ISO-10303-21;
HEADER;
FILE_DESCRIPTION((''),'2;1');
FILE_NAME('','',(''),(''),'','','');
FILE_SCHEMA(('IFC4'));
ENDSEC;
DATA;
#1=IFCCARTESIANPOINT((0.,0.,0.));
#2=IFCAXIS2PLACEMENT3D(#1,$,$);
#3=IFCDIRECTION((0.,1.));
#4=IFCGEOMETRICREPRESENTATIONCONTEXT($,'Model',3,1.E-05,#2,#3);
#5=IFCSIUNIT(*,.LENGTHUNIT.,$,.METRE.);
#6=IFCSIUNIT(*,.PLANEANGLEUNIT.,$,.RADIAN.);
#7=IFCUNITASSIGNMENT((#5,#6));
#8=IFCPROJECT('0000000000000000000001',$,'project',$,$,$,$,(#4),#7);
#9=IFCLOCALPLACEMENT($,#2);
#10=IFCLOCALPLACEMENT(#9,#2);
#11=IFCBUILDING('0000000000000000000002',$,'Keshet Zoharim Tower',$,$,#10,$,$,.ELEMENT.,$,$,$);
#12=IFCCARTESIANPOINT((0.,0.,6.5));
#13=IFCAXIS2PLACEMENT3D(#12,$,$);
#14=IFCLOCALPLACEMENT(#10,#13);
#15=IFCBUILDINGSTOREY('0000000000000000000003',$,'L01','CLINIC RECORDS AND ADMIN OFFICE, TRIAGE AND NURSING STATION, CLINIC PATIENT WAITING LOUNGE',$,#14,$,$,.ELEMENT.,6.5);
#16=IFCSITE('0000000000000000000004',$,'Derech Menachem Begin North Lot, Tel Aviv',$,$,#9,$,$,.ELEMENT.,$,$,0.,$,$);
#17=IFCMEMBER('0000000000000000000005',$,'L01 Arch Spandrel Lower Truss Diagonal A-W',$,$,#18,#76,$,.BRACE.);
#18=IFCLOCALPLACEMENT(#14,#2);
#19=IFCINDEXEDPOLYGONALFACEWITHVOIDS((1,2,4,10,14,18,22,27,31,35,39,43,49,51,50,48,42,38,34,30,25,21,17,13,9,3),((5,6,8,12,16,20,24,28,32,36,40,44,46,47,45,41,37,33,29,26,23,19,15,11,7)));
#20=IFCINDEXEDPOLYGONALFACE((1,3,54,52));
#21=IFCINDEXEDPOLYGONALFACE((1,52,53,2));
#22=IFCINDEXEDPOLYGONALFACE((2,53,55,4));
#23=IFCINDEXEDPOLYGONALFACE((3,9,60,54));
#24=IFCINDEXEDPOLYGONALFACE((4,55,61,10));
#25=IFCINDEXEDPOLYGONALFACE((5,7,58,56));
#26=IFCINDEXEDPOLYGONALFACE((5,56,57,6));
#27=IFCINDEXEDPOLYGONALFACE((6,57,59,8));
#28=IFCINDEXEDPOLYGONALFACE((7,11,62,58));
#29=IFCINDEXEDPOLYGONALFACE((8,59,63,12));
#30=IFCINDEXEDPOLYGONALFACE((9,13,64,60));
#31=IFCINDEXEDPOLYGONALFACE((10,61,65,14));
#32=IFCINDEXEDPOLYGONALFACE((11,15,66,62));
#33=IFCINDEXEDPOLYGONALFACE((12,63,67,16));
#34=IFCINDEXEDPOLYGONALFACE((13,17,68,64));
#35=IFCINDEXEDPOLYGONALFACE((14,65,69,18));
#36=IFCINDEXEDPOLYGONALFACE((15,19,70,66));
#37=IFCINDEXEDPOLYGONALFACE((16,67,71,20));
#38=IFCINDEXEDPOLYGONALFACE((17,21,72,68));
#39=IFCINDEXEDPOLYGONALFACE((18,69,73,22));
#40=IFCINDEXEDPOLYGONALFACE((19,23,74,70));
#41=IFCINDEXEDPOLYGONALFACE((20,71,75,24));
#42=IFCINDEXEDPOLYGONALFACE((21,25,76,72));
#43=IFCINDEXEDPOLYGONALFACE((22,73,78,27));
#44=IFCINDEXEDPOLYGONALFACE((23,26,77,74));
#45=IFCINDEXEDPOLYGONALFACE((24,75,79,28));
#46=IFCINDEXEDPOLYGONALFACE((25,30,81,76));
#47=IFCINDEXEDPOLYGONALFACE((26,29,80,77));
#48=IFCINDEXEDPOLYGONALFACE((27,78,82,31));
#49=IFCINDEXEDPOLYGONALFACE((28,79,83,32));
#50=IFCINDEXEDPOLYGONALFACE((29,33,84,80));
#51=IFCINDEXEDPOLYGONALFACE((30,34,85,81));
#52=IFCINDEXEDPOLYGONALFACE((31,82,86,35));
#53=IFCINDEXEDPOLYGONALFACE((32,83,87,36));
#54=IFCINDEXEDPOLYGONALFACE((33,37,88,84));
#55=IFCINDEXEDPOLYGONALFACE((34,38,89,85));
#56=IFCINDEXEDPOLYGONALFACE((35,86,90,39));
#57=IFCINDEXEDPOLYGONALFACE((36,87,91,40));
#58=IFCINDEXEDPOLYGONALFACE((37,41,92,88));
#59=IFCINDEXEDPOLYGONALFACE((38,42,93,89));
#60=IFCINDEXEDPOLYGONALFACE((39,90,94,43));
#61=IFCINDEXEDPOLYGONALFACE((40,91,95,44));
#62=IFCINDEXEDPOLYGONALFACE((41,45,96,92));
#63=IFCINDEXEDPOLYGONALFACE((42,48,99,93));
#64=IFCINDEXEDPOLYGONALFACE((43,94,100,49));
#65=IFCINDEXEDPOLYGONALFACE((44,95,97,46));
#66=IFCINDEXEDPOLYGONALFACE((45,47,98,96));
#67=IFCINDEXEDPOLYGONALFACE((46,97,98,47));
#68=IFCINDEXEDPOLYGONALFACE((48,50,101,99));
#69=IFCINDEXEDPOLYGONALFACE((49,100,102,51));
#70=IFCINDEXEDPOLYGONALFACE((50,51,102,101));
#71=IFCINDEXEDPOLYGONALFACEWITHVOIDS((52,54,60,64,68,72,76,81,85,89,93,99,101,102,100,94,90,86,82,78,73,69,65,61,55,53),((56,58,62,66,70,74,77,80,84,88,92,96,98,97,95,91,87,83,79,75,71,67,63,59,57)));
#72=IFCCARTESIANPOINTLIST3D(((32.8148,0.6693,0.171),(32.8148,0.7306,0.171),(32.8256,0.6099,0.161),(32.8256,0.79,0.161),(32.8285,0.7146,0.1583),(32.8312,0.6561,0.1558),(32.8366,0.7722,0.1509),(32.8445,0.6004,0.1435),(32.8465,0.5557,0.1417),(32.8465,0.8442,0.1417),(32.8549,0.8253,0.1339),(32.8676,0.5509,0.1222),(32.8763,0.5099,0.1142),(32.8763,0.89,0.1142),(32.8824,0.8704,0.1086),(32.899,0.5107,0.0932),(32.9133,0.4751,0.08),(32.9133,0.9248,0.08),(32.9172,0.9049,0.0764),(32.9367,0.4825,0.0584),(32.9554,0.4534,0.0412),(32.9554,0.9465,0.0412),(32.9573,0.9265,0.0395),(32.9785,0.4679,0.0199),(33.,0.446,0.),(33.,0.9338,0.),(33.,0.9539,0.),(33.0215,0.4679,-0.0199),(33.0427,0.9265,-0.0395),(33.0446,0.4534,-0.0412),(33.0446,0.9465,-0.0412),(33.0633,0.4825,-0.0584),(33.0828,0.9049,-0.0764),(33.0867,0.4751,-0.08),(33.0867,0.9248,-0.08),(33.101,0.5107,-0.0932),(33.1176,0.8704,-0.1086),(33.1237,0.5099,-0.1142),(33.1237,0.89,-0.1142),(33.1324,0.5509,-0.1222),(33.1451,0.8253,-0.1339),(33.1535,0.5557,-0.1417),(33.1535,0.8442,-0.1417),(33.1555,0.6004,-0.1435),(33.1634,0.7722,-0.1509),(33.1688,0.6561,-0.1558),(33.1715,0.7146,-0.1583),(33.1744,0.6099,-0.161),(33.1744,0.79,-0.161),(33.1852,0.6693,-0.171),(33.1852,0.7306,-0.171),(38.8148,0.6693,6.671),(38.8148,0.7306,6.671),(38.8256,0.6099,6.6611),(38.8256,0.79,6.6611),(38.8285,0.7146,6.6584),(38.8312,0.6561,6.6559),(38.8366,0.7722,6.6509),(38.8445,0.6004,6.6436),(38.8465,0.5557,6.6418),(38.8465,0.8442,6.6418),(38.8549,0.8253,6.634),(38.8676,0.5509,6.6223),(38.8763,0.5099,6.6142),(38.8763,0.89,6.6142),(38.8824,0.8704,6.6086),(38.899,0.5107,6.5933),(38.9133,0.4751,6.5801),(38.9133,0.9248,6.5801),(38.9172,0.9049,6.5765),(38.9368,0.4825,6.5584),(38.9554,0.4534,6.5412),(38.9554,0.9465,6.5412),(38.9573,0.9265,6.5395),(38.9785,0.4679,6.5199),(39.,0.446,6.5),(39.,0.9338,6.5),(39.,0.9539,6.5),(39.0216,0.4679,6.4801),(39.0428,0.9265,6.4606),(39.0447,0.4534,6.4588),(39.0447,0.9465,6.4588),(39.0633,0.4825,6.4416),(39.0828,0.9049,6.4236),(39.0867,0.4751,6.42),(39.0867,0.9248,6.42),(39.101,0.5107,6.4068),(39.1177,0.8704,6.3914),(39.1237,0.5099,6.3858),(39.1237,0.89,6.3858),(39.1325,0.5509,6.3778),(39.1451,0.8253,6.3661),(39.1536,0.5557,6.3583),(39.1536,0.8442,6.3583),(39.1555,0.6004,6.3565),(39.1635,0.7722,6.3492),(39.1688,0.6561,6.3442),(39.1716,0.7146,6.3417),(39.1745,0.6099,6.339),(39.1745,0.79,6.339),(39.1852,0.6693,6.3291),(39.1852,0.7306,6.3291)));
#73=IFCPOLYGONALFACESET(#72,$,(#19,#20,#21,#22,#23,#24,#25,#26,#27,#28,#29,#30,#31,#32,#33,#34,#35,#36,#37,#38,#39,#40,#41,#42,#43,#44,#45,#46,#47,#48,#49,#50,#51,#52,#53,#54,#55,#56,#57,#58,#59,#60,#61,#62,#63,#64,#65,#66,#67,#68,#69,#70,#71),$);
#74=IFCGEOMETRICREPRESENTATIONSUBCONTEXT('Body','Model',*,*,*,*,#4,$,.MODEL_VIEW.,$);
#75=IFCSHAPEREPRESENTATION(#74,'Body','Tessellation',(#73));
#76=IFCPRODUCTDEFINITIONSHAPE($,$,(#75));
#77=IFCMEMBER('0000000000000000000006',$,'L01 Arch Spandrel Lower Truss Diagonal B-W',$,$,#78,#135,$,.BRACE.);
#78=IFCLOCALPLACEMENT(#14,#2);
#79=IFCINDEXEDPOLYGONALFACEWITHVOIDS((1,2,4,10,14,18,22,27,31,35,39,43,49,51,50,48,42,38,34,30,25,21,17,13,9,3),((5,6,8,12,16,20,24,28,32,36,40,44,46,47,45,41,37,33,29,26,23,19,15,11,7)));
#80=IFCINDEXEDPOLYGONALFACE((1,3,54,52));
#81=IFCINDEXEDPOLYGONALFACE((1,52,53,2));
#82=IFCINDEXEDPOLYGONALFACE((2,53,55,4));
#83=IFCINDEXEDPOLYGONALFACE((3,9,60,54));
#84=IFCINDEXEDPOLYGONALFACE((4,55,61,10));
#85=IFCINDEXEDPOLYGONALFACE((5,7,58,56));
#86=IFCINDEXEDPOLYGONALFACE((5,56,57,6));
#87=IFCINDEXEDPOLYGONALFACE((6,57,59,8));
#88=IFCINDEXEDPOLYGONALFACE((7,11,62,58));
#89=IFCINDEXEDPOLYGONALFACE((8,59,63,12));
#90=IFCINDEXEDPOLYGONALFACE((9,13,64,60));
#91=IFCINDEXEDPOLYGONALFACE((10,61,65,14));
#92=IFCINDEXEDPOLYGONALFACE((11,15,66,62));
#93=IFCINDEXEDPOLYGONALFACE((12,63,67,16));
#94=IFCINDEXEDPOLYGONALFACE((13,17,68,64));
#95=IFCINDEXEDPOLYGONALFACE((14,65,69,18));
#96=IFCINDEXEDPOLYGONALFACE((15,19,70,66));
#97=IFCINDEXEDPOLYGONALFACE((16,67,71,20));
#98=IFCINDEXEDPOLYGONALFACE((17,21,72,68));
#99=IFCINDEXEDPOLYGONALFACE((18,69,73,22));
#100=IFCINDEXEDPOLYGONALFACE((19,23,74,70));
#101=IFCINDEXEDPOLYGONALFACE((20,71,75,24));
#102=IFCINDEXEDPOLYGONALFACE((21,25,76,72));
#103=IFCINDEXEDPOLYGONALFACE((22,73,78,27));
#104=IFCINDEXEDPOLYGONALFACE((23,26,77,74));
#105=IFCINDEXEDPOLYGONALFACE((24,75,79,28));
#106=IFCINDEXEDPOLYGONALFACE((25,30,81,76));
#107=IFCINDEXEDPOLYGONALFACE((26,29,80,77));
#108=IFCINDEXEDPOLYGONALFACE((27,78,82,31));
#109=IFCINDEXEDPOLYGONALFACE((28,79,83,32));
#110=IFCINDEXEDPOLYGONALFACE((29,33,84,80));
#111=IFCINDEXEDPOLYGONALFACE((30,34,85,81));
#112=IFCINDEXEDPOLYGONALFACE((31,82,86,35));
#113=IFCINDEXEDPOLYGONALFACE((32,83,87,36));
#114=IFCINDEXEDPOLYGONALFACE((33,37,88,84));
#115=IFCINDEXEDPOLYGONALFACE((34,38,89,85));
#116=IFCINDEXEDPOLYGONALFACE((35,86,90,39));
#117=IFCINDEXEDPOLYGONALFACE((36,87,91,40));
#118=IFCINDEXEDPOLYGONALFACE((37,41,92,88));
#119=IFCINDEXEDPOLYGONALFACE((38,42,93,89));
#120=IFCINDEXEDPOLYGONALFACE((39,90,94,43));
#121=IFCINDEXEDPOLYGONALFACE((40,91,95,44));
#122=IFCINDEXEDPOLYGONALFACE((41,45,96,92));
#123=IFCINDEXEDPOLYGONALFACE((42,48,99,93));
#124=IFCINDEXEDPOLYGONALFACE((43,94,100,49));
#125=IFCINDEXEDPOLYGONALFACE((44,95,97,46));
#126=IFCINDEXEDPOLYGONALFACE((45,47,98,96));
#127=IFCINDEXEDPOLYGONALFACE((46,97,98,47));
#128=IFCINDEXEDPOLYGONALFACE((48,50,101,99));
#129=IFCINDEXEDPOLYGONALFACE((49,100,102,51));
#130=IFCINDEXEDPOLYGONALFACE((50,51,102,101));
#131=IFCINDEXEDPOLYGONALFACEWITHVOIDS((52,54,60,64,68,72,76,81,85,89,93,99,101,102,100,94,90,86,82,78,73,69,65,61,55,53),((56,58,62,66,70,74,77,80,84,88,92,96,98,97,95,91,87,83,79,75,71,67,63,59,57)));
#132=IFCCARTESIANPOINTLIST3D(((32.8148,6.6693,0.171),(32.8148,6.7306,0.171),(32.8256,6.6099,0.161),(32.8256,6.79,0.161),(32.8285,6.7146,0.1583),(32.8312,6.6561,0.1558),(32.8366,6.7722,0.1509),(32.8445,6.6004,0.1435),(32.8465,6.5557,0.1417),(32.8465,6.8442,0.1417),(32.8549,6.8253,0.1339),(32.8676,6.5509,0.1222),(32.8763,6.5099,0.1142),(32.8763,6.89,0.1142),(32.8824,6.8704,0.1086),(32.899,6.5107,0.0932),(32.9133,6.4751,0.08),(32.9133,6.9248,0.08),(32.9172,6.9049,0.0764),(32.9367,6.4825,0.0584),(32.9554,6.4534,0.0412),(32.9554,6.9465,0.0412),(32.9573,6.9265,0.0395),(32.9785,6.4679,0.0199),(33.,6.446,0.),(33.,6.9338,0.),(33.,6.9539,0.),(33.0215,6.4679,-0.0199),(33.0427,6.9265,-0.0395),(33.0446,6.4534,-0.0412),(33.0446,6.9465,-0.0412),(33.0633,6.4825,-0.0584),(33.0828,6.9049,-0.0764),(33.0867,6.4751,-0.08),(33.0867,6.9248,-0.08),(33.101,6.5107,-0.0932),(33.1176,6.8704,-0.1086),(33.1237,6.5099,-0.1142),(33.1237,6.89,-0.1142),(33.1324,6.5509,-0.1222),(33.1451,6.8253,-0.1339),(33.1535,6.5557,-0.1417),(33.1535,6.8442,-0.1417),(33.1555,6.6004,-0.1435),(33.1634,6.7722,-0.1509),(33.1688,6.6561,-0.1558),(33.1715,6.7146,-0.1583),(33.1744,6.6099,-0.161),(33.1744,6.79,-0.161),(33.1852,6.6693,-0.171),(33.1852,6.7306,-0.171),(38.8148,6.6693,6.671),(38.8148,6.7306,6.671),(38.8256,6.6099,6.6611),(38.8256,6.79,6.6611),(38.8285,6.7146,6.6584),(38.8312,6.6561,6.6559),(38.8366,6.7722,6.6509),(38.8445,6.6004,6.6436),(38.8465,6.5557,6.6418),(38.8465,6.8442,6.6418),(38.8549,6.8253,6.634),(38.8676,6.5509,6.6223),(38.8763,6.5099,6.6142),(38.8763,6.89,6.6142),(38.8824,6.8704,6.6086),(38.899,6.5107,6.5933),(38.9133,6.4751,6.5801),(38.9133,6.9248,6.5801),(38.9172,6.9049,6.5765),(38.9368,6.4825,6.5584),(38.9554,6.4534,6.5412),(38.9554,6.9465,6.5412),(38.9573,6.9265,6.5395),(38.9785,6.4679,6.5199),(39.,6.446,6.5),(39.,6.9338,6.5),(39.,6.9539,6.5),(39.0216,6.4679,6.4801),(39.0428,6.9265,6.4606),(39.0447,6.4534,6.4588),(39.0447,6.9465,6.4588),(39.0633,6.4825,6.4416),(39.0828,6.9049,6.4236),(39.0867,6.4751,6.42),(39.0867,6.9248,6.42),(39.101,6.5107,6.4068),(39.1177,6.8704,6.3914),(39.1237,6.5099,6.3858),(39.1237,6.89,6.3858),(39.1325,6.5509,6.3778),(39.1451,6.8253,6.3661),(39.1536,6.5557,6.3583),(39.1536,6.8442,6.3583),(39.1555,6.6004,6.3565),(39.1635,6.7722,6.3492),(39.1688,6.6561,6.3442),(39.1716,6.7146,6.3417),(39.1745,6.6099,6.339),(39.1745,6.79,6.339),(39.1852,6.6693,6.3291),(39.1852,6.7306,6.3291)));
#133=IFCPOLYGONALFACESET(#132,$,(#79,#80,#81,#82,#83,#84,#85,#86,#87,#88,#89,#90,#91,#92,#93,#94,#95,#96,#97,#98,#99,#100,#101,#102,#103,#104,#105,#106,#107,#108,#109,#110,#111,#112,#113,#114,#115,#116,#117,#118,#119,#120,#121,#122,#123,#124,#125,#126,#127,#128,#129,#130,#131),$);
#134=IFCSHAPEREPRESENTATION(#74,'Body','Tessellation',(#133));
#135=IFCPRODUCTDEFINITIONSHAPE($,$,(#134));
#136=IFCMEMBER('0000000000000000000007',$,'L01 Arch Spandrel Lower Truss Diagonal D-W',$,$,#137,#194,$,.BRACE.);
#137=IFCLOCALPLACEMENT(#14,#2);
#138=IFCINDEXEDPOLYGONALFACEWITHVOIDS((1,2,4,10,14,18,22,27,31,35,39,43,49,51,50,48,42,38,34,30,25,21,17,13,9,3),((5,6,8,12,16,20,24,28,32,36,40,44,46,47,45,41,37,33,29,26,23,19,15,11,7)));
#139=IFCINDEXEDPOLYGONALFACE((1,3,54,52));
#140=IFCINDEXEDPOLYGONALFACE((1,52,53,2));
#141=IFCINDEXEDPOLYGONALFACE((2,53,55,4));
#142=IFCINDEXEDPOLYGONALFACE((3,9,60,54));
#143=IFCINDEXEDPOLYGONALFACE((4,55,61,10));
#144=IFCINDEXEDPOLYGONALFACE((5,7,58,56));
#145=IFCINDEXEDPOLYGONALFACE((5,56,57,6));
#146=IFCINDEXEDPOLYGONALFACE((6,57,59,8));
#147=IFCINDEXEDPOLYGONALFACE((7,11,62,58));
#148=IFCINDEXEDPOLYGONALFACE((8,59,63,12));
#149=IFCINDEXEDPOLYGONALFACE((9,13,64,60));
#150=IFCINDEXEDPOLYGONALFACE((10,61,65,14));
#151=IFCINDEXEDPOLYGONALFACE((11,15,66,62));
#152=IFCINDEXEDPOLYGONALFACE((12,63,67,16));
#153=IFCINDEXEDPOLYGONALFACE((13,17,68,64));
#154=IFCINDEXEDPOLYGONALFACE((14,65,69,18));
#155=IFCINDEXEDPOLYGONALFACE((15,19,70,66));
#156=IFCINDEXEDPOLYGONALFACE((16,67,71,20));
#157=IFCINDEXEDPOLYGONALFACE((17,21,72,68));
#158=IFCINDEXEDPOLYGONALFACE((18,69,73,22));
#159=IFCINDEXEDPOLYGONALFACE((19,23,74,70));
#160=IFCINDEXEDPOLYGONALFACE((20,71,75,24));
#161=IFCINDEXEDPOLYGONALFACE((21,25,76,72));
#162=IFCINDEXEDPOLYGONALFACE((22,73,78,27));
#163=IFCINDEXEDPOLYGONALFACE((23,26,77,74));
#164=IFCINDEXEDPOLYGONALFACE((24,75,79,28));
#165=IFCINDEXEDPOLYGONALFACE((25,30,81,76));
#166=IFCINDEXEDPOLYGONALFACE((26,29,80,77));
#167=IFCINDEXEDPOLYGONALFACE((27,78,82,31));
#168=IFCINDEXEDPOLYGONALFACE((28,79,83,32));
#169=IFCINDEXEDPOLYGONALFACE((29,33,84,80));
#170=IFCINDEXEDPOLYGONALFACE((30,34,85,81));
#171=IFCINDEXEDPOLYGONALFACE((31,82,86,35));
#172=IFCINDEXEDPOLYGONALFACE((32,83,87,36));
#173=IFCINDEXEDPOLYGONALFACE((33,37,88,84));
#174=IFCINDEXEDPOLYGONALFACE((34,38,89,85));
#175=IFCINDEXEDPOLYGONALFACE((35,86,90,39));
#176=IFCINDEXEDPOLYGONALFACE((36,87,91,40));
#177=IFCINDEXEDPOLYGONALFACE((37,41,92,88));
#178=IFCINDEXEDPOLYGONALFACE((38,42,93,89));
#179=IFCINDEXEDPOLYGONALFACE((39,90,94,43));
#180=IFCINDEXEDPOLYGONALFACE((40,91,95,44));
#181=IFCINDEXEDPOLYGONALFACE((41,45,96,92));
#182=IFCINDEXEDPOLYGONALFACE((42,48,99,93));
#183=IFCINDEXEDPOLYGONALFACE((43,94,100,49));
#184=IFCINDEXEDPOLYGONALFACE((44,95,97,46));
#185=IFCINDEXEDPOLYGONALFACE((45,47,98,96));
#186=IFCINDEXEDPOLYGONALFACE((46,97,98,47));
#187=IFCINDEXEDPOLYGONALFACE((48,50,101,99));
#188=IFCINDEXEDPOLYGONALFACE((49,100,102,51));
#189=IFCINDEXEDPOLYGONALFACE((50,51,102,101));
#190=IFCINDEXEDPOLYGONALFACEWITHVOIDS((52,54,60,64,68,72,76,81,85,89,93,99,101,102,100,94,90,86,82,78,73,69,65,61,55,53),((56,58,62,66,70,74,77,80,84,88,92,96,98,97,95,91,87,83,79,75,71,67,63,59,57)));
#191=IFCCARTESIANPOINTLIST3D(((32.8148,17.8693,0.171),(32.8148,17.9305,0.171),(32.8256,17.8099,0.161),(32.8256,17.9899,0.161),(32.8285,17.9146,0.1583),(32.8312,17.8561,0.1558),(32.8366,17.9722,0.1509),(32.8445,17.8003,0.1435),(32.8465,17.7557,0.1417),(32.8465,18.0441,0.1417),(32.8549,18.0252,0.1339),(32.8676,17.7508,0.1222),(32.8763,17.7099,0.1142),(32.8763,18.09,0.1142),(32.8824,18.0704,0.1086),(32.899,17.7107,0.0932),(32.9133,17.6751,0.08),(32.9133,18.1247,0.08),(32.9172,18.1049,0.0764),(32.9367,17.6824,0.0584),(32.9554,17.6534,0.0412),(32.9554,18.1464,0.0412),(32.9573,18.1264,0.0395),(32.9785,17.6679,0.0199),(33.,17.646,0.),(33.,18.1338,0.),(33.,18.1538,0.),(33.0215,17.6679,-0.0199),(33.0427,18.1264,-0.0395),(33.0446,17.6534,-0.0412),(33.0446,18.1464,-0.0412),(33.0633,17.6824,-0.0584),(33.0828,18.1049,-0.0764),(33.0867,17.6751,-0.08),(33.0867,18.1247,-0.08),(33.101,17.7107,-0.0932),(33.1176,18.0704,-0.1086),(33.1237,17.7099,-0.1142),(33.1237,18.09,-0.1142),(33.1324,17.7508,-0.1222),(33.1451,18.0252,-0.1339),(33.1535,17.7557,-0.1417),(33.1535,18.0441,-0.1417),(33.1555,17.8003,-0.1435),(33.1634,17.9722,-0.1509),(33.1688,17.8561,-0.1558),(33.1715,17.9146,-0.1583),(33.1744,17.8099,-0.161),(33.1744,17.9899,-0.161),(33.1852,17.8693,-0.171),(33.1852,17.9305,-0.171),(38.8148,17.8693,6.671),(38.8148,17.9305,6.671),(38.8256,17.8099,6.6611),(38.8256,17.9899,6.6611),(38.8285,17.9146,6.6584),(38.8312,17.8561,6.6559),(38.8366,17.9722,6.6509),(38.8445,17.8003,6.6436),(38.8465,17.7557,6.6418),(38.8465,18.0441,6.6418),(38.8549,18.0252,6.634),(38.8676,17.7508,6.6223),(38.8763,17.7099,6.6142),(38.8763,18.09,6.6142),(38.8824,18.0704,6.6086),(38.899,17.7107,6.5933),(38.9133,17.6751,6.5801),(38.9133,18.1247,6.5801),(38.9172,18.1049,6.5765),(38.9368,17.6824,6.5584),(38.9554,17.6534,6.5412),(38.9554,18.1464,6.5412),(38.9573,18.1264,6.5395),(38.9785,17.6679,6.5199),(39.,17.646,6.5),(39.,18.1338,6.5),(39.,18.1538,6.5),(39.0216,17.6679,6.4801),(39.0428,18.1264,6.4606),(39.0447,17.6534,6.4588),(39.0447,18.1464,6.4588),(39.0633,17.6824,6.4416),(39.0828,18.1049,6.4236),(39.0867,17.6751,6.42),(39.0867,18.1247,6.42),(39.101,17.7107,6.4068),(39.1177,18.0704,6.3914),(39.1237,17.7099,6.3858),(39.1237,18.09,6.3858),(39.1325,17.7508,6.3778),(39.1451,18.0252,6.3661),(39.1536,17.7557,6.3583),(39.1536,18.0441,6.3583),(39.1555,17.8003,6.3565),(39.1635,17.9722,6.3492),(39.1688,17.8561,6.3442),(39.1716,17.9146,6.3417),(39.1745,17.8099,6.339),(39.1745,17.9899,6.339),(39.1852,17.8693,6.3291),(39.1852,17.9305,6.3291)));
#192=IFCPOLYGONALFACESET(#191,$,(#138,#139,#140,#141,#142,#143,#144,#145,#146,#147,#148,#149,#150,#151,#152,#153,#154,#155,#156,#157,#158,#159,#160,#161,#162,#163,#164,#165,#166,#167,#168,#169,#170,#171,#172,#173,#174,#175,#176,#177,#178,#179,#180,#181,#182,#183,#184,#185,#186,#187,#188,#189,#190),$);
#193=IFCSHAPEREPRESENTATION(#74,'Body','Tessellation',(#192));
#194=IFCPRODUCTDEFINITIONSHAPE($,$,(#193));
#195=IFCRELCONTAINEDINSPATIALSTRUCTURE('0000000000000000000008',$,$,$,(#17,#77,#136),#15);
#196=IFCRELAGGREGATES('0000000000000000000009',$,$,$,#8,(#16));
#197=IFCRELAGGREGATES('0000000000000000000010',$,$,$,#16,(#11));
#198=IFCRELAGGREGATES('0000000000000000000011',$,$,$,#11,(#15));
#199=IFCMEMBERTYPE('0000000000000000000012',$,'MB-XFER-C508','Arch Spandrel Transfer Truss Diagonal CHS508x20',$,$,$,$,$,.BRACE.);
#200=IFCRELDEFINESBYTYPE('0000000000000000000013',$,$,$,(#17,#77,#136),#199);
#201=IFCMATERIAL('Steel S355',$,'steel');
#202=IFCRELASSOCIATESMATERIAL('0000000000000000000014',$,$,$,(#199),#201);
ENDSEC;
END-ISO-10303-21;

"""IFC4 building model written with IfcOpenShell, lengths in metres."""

from ifc_helpers import new_model, si_unit, direction, frame, origin, origin_2d, place, context, subcontext, project, spatial, hollow_circle, extrude, material, material_profile, profile_set, type_object, element, save


model = new_model("IFC4")

# Units and contexts
model_context = context("Model", 3, precision=1e-05, world=origin(), true_north=direction((0.0, 1.0)))
body_context = subcontext(model_context, "Body", "Model", "MODEL_VIEW")
ifc_project = project(units=[si_unit("LENGTHUNIT", "METRE"), si_unit("PLANEANGLEUNIT", "RADIAN")], contexts=[model_context])

# Site, building, storey
site_placement = place(None, origin())
site = spatial("IfcSite", under=ifc_project, at=site_placement, Name="Derech Menachem Begin North Lot, Tel Aviv", CompositionType="ELEMENT", RefElevation=0.0)
building_placement = place(site_placement, origin())
building = spatial("IfcBuilding", under=site, at=building_placement, Name="Keshet Zoharim Tower", CompositionType="ELEMENT")
storey_placement = place(building_placement, frame((0.0, 0.0, 6.5)))
storey = spatial("IfcBuildingStorey", under=building, at=storey_placement, Name="L01", Description="CLINIC RECORDS AND ADMIN OFFICE, TRIAGE AND NURSING STATION, CLINIC PATIENT WAITING LOUNGE", CompositionType="ELEMENT", Elevation=6.5)

# Shared definitions
ifc_material_1 = material(Name="Steel S355", Category="steel")

# Members
ifc_material_profile_1 = material_profile(ifc_material_1, hollow_circle(Radius=0.2539, WallThickness=0.02, at=origin_2d()), Name="CHS508x20")
ifc_profile_set_1 = profile_set([ifc_material_profile_1], Name="Steel S355")
member_type = type_object("IfcMemberType", Name="MB-XFER-C508", Description="Arch Spandrel Transfer Truss Diagonal CHS508x20", PredefinedType="BRACE", material=ifc_profile_set_1)
for number, where, z_axis, x_axis, name in (
    (1, (33.0, 0.7, 0.0), (0.67828, 0.0, 0.734803), (0.0, 1.0, 0.0), "L01 Arch Spandrel Lower Truss Diagonal A-W"),
    (2, (33.0, 6.7, 0.0), (0.67828, 0.0, 0.734803), (0.0, 1.0, 0.0), "L01 Arch Spandrel Lower Truss Diagonal B-W"),
    (3, (33.0, 17.8999, 0.0), (0.67828, 0.0, 0.734803), (0.0, 1.0, 0.0), "L01 Arch Spandrel Lower Truss Diagonal D-W"),
):
    element("IfcMember", number, at=place(storey_placement, frame(where, z_axis=z_axis, x_axis=x_axis)), inside=storey, type_object=member_type, Name=name, PredefinedType="BRACE", context=body_context, shape_type="SweptSolid", body=[
        extrude(hollow_circle(Radius=0.2539, WallThickness=0.02, at=origin_2d()), origin(), (0.0, 0.0, 1.0), 8.8459),
    ])

save(model, "model.ifc")
